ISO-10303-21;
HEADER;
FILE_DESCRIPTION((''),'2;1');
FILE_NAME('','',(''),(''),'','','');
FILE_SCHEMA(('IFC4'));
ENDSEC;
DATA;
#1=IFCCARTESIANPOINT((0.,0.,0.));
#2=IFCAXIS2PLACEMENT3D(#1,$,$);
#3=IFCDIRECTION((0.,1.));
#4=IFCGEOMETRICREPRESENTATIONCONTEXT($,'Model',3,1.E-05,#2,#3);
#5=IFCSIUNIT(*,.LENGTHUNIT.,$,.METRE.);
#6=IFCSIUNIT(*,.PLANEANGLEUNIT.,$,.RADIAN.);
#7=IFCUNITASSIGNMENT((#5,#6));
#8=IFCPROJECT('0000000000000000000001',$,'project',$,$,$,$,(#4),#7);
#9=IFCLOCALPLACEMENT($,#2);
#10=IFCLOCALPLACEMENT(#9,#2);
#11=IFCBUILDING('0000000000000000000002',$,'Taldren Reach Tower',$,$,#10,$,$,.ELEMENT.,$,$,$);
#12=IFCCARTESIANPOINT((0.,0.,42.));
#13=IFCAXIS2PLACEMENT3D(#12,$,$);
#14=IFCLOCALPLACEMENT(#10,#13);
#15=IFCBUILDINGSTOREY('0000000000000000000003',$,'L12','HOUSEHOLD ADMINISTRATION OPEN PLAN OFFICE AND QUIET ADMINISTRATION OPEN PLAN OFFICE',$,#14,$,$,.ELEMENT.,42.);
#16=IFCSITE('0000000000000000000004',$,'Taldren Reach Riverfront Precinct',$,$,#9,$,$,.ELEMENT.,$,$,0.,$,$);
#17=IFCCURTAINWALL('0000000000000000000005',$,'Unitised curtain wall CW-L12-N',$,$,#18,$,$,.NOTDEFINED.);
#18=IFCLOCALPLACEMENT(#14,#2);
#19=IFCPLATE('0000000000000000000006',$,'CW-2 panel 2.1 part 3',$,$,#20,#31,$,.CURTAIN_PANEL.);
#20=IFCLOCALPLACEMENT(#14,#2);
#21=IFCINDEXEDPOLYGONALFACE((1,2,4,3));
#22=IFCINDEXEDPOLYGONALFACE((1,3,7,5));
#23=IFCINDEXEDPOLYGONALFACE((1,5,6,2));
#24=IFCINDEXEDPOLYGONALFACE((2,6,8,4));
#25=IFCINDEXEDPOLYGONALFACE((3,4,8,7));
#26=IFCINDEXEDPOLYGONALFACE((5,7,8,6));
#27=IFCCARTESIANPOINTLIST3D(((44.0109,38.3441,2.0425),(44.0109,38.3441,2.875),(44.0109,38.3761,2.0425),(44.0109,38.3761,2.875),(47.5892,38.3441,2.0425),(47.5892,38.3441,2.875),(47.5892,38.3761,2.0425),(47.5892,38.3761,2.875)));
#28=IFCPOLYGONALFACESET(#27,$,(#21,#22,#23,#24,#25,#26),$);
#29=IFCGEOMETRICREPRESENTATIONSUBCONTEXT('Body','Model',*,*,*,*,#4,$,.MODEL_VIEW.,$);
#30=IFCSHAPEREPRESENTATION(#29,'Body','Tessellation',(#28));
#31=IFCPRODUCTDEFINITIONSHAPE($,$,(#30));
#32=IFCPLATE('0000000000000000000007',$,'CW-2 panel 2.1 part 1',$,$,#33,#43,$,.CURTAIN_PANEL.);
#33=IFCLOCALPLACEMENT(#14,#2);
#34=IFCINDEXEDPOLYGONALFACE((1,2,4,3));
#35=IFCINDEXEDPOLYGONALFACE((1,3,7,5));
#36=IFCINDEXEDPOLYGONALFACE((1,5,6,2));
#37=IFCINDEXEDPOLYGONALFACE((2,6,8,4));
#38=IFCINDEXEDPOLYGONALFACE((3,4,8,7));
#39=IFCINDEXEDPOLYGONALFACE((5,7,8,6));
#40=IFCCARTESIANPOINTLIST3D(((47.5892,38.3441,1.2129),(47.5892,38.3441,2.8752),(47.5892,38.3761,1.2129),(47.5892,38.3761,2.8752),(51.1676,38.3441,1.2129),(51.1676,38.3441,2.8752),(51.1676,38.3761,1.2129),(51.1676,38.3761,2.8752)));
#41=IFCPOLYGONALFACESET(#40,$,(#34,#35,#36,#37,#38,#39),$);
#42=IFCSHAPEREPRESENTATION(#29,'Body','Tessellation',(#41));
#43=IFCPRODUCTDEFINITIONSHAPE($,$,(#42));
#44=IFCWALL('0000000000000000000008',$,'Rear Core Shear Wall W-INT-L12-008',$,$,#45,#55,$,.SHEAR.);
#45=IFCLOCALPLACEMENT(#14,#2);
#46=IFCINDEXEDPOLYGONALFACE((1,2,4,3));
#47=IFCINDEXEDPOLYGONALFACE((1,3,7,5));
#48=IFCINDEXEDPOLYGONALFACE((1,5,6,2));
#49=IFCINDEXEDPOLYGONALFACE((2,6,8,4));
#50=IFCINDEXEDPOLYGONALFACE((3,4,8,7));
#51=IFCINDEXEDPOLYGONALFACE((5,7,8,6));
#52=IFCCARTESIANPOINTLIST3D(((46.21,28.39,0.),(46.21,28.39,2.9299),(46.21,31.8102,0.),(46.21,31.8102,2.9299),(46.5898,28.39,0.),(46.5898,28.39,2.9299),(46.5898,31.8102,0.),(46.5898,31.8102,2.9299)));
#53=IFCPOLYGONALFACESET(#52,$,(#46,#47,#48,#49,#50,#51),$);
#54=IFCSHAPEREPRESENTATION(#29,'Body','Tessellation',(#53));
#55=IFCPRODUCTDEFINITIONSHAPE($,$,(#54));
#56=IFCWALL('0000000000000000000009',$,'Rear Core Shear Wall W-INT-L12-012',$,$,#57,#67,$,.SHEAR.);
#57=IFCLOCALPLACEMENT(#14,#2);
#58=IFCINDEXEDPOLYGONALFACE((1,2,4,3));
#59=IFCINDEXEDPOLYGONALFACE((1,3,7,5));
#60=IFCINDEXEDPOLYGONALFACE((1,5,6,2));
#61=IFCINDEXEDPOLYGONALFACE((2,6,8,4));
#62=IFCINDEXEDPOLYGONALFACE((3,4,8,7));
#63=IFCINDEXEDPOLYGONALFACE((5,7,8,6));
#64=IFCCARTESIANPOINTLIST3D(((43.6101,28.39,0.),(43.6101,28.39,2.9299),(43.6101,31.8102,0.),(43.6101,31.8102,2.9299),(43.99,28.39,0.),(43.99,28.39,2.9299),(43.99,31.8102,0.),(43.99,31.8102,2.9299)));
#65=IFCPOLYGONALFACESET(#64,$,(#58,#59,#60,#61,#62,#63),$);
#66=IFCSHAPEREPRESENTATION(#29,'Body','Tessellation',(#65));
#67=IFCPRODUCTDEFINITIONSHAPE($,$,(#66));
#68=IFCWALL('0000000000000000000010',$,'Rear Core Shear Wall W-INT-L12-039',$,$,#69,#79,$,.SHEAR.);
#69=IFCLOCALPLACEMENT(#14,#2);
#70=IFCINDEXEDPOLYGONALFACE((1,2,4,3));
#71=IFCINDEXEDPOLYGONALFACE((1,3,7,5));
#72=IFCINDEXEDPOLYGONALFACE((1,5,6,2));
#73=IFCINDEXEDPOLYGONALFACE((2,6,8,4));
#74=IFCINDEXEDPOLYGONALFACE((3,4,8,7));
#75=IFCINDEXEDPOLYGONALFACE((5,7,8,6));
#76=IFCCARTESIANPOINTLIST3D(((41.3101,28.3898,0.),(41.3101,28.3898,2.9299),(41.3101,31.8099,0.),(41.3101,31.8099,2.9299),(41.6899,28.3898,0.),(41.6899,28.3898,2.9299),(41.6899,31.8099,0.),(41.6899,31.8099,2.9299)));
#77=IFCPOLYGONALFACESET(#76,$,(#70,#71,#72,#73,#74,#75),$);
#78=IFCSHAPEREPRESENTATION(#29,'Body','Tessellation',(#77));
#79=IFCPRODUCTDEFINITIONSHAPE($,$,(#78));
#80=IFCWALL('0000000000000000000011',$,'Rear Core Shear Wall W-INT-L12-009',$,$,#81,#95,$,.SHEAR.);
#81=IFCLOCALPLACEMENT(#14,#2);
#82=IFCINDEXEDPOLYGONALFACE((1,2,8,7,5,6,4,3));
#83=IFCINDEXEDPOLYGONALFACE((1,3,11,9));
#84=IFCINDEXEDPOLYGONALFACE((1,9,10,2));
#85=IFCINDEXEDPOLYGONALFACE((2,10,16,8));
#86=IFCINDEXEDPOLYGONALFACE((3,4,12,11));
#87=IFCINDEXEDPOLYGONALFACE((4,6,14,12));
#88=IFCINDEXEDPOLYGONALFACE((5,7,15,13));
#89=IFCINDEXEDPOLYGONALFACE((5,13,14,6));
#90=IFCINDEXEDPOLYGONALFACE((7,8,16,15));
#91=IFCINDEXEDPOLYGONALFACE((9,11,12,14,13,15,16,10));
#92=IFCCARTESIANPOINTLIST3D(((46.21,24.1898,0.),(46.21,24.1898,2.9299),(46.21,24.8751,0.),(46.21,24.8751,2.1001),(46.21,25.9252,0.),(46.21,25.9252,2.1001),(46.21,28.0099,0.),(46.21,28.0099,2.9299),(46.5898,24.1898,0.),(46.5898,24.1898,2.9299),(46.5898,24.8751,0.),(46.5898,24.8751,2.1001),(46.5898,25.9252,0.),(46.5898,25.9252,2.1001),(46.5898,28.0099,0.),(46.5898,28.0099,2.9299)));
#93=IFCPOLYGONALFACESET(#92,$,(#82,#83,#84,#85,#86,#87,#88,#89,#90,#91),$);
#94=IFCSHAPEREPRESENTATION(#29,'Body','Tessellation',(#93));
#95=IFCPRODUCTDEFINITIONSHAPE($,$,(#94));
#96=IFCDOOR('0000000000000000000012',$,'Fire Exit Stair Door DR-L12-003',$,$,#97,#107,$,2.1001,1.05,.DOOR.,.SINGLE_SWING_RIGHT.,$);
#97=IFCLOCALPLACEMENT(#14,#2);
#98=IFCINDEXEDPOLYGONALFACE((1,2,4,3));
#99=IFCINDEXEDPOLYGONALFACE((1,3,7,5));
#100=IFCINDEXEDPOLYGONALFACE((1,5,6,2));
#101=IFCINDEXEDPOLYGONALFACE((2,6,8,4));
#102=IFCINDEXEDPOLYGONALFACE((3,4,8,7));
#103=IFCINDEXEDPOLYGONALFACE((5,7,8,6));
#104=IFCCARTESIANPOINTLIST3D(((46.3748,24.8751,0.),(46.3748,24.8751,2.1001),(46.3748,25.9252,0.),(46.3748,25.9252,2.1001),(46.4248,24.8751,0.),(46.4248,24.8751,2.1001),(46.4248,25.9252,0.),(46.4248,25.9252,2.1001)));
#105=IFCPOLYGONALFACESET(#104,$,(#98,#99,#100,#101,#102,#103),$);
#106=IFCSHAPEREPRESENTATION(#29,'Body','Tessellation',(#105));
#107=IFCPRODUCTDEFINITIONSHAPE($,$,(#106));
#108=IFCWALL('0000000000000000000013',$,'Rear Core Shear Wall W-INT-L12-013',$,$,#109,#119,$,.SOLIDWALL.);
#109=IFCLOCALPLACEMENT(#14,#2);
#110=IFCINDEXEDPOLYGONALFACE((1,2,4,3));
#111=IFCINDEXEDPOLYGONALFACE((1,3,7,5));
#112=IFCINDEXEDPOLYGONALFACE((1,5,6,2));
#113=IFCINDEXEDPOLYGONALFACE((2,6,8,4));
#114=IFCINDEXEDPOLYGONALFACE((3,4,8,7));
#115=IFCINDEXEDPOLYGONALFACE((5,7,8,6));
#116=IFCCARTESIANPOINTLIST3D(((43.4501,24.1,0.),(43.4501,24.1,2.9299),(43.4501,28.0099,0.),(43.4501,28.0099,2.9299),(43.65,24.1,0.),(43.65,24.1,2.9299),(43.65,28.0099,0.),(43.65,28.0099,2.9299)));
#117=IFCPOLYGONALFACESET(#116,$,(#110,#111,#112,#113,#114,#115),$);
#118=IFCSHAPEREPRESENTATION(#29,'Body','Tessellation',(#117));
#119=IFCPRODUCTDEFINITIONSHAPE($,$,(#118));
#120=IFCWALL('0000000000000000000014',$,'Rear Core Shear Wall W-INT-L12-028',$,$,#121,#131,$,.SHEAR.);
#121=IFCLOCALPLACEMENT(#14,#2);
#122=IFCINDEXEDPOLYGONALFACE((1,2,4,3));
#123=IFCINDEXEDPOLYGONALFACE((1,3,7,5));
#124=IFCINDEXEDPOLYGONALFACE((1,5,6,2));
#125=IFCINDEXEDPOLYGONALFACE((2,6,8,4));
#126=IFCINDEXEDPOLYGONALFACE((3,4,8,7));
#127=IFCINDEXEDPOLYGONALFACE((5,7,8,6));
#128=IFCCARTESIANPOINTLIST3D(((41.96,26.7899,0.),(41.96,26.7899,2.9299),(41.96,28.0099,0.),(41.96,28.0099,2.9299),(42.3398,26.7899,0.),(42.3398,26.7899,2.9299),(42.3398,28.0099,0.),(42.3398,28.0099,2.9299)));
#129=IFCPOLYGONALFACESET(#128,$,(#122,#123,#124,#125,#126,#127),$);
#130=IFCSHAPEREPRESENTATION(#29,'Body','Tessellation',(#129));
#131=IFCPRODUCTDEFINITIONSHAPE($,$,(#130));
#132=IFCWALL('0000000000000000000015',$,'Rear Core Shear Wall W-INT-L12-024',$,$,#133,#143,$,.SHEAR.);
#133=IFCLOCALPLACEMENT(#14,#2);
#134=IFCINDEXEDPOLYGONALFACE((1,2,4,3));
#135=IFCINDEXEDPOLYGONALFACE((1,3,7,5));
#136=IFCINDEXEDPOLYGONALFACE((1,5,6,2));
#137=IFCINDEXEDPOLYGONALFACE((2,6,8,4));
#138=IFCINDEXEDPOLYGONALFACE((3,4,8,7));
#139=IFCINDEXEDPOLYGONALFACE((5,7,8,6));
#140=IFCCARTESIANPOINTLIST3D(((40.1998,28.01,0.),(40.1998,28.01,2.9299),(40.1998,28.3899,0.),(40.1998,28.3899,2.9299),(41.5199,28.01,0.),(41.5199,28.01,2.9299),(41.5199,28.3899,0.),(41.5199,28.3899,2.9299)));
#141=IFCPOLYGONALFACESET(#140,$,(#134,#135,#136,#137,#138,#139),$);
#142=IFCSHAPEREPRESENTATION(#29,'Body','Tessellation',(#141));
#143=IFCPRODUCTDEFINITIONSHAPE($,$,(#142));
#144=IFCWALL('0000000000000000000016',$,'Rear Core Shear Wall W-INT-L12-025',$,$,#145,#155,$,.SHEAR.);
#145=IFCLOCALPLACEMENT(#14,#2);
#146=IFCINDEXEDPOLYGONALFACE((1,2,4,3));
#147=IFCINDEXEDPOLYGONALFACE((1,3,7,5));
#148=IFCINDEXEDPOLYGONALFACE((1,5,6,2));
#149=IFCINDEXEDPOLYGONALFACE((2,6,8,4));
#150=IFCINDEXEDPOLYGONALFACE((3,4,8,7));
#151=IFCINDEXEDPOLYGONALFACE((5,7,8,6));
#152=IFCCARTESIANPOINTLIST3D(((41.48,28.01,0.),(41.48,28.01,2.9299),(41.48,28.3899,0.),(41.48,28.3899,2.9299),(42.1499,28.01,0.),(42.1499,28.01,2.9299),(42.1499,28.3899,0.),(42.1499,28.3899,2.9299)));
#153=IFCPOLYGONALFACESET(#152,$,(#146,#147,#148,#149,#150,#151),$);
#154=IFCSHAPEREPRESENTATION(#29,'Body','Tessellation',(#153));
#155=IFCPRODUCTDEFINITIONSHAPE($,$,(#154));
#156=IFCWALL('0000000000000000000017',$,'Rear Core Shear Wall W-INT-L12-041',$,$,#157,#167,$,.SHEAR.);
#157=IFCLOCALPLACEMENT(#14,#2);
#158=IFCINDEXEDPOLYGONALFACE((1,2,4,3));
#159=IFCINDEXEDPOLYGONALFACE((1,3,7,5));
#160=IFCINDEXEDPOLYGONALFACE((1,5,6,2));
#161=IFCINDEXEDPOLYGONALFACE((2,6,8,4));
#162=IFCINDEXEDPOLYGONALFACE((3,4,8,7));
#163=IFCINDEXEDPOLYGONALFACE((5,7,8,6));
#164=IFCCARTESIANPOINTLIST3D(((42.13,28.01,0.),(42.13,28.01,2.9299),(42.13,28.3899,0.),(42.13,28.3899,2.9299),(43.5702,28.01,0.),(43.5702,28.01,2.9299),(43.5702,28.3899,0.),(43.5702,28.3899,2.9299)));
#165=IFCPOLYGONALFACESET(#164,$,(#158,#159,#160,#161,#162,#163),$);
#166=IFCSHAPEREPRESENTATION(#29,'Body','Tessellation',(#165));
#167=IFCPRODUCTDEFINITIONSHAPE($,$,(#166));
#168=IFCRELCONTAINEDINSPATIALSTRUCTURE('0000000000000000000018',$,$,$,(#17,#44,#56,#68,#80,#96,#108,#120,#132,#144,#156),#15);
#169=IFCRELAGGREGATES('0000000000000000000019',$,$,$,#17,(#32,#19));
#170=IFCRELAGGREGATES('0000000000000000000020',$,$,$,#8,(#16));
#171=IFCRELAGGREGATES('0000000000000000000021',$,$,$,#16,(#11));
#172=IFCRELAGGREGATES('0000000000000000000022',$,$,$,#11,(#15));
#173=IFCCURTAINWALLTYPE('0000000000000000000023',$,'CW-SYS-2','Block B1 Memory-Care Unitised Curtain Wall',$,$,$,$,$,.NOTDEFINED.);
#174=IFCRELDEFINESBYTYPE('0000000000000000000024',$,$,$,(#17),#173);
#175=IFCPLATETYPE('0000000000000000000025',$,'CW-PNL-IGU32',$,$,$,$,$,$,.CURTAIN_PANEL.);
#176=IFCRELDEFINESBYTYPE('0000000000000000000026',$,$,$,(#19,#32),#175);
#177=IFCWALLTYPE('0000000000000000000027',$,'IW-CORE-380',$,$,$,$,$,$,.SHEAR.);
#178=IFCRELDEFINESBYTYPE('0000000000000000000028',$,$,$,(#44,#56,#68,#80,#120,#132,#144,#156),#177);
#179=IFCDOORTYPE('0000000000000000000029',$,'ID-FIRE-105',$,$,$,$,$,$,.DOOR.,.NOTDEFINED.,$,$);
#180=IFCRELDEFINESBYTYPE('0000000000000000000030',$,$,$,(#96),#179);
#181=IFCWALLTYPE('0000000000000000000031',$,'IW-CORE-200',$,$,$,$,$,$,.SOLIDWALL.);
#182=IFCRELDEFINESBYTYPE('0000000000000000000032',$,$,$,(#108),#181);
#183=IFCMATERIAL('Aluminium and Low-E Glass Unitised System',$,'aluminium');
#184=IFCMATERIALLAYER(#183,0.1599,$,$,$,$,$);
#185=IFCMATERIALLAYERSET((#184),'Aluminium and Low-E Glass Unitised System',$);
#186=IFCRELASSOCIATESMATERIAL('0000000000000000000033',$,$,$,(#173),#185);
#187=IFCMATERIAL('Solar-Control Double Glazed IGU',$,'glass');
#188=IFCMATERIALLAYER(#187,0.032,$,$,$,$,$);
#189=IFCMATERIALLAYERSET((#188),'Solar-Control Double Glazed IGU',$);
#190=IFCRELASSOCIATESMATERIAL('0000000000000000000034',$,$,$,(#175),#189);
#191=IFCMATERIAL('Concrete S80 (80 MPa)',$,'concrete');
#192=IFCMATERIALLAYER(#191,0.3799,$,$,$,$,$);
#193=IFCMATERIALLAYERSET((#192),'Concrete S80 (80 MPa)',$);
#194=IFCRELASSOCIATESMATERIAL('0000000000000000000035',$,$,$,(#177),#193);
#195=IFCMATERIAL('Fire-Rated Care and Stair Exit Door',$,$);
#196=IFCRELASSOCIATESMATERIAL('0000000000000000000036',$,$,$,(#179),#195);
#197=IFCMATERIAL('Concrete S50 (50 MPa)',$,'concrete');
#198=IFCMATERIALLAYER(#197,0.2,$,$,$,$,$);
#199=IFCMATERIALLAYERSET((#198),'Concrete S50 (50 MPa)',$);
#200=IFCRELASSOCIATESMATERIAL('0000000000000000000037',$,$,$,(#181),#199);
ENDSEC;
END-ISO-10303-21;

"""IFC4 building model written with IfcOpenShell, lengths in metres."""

from ifc_helpers import new_model, si_unit, direction, frame, frame_2d, origin, origin_2d, place, context, subcontext, project, spatial, rectangle, extrude, source, transform, mapped, material, layer, layer_set, type_object, element, fill, aggregate, save


model = new_model("IFC4")

# Units and contexts
model_context = context("Model", 3, precision=1e-05, world=origin(), true_north=direction((0.0, 1.0)))
body_context = subcontext(model_context, "Body", "Model", "MODEL_VIEW")
ifc_project = project(units=[si_unit("LENGTHUNIT", "METRE"), si_unit("PLANEANGLEUNIT", "RADIAN")], contexts=[model_context])

# Site, building, storey
site_placement = place(None, origin())
site = spatial("IfcSite", under=ifc_project, at=site_placement, Name="Taldren Reach Riverfront Precinct", CompositionType="ELEMENT", RefElevation=0.0)
building_placement = place(site_placement, origin())
building = spatial("IfcBuilding", under=site, at=building_placement, Name="Taldren Reach Tower", CompositionType="ELEMENT")
storey_placement = place(building_placement, frame((0.0, 0.0, 42.0)))
storey = spatial("IfcBuildingStorey", under=building, at=storey_placement, Name="L12", Description="HOUSEHOLD ADMINISTRATION OPEN PLAN OFFICE AND QUIET ADMINISTRATION OPEN PLAN OFFICE", CompositionType="ELEMENT", Elevation=42.0)

# Curtain wall
ifc_material_1 = material(Name="Aluminium and Low-E Glass Unitised System", Category="aluminium")
ifc_layer_1 = layer(ifc_material_1, 0.1599)
ifc_layer_set_1 = layer_set([ifc_layer_1], Name="Aluminium and Low-E Glass Unitised System")
curtain_wall_type = type_object("IfcCurtainWallType", Name="CW-SYS-2", Description="Block B1 Memory-Care Unitised Curtain Wall", PredefinedType="NOTDEFINED", material=ifc_layer_set_1)
curtain_wall_placement = place(storey_placement, origin())
curtain_wall = element("IfcCurtainWall", 1, at=curtain_wall_placement, inside=storey, type_object=curtain_wall_type, Name="Unitised curtain wall CW-L12-N", PredefinedType="NOTDEFINED")

# Plates
ifc_material_2 = material(Name="Solar-Control Double Glazed IGU", Category="glass")
ifc_layer_2 = layer(ifc_material_2, 0.032)
ifc_layer_set_2 = layer_set([ifc_layer_2], Name="Solar-Control Double Glazed IGU")
plate_type = type_object("IfcPlateType", Name="CW-PNL-IGU32", PredefinedType="CURTAIN_PANEL", material=ifc_layer_set_2)
shared_shape_1 = source(origin(), body_context, "Body", "SweptSolid", [
    extrude(rectangle(XDim=3.5784, YDim=0.032, at=origin_2d()), origin(), (0.0, 0.0, 1.0), 0.8325),
])
plate_1_placement = place(storey_placement, frame((45.8, 38.3601, 2.0425), z_axis=(0.0, 0.0, 1.0), x_axis=(-1.0, 0.0, 0.0)))
plate_1 = element("IfcPlate", 2, at=plate_1_placement, type_object=plate_type, Name="CW-2 panel 2.1 part 3", PredefinedType="CURTAIN_PANEL", context=body_context, shape_type="MappedRepresentation", body=[
    mapped(shared_shape_1, transform((0.0, 0.0, 0.0), scale=1.0)),
])
shared_shape_2 = source(origin(), body_context, "Body", "SweptSolid", [
    extrude(rectangle(XDim=3.5784, YDim=0.032, at=origin_2d()), origin(), (0.0, 0.0, 1.0), 1.6624),
])
plate_2_placement = place(storey_placement, frame((49.3784, 38.3601, 1.2129), z_axis=(0.0, 0.0, 1.0), x_axis=(-1.0, 0.0, 0.0)))
plate_2 = element("IfcPlate", 3, at=plate_2_placement, type_object=plate_type, Name="CW-2 panel 2.1 part 1", PredefinedType="CURTAIN_PANEL", context=body_context, shape_type="MappedRepresentation", body=[
    mapped(shared_shape_2, transform((0.0, 0.0, 0.0), scale=1.0)),
])
aggregate(curtain_wall, [plate_2, plate_1])

# Walls
ifc_material_3 = material(Name="Concrete S80 (80 MPa)", Category="concrete")
ifc_layer_3 = layer(ifc_material_3, 0.3799)
ifc_layer_set_3 = layer_set([ifc_layer_3], Name="Concrete S80 (80 MPa)")
wall_type_1 = type_object("IfcWallType", Name="IW-CORE-380", PredefinedType="SHEAR", material=ifc_layer_set_3)
shared_shape_3 = source(origin(), body_context, "Body", "SweptSolid", [
    extrude(rectangle(XDim=3.4202, YDim=0.3799, at=frame_2d((1.71, 0.0))), origin(), (0.0, 0.0, 1.0), 2.9299),
])
for number, where, z_axis, x_axis, name in (
    (4, (46.3999, 31.8101, 0.0), (0.0, 0.0, 1.0), (0.0, -1.0, 0.0), "Rear Core Shear Wall W-INT-L12-008"),
    (5, (43.8, 31.8101, 0.0), (0.0, 0.0, 1.0), (0.0, -1.0, 0.0), "Rear Core Shear Wall W-INT-L12-012"),
    (6, (41.5, 28.3899, 0.0), (0.0, 0.0, 1.0), (0.0, 1.0, 0.0), "Rear Core Shear Wall W-INT-L12-039"),
):
    element("IfcWall", number, at=place(storey_placement, frame(where, z_axis=z_axis, x_axis=x_axis)), inside=storey, type_object=wall_type_1, Name=name, PredefinedType="SHEAR", context=body_context, shape_type="MappedRepresentation", body=[
        mapped(shared_shape_3, transform((0.0, 0.0, 0.0), scale=1.0)),
    ])

# Wall, opening, door
shared_shape_4 = source(origin(), body_context, "Body", "SweptSolid", [
    extrude(rectangle(XDim=3.8201, YDim=0.3799, at=frame_2d((1.9102, 0.0))), origin(), (0.0, 0.0, 1.0), 2.9299),
])
wall_1_placement = place(storey_placement, frame((46.3999, 28.01, 0.0), z_axis=(0.0, 0.0, 1.0), x_axis=(0.0, -1.0, 0.0)))
wall_1 = element("IfcWall", 7, at=wall_1_placement, inside=storey, type_object=wall_type_1, Name="Rear Core Shear Wall W-INT-L12-009", PredefinedType="SHEAR", context=body_context, shape_type="MappedRepresentation", body=[
    mapped(shared_shape_4, transform((0.0, 0.0, 0.0), scale=1.0)),
])
shared_shape_5 = source(origin(), body_context, "Body", "SweptSolid", [
    extrude(rectangle(XDim=1.05, YDim=2.1001, at=frame_2d((0.5249, 1.05))), frame((0.0, 0.2, 0.0), z_axis=(0.0, -1.0, 0.0), x_axis=(1.0, 0.0, 0.0)), (0.0, 0.0, 1.0), 0.3999),
])
opening_1_placement = place(wall_1_placement, frame((2.085, 0.0, 0.0)))
opening_1 = element("IfcOpeningElement", 8, at=opening_1_placement, cuts=wall_1, PredefinedType="OPENING", context=body_context, shape_type="MappedRepresentation", body=[
    mapped(shared_shape_5, transform((0.0, 0.0, 0.0), scale=1.0)),
])
ifc_material_4 = material(Name="Fire-Rated Care and Stair Exit Door")
door_type_1 = type_object("IfcDoorType", Name="ID-FIRE-105", OperationType="NOTDEFINED", PredefinedType="DOOR", material=ifc_material_4)
shared_shape_6 = source(origin(), body_context, "Body", "SweptSolid", [
    extrude(rectangle(XDim=1.05, YDim=2.1001, at=frame_2d((0.5249, 1.05))), frame((0.0, 0.0249, 0.0), z_axis=(0.0, -1.0, 0.0), x_axis=(1.0, 0.0, 0.0)), (0.0, 0.0, 1.0), 0.05),
])
door_1_placement = place(opening_1_placement, origin())
door_1 = element("IfcDoor", 9, at=door_1_placement, inside=storey, type_object=door_type_1, Name="Fire Exit Stair Door DR-L12-003", OperationType="SINGLE_SWING_RIGHT", OverallHeight=2.1001, OverallWidth=1.05, PredefinedType="DOOR", context=body_context, shape_type="MappedRepresentation", body=[
    mapped(shared_shape_6, transform((0.0, 0.0, 0.0), scale=1.0)),
])
fill(opening_1, door_1)

# Walls
ifc_material_5 = material(Name="Concrete S50 (50 MPa)", Category="concrete")
ifc_layer_4 = layer(ifc_material_5, 0.2)
ifc_layer_set_4 = layer_set([ifc_layer_4], Name="Concrete S50 (50 MPa)")
wall_type_2 = type_object("IfcWallType", Name="IW-CORE-200", PredefinedType="SOLIDWALL", material=ifc_layer_set_4)
shared_shape_7 = source(origin(), body_context, "Body", "SweptSolid", [
    extrude(rectangle(XDim=3.9099, YDim=0.2, at=frame_2d((1.9551, 0.0))), origin(), (0.0, 0.0, 1.0), 2.9299),
])
wall_2_placement = place(storey_placement, frame((43.55, 28.01, 0.0), z_axis=(0.0, 0.0, 1.0), x_axis=(0.0, -1.0, 0.0)))
element("IfcWall", 10, at=wall_2_placement, inside=storey, type_object=wall_type_2, Name="Rear Core Shear Wall W-INT-L12-013", PredefinedType="SOLIDWALL", context=body_context, shape_type="MappedRepresentation", body=[
    mapped(shared_shape_7, transform((0.0, 0.0, 0.0), scale=1.0)),
])
shared_shape_8 = source(origin(), body_context, "Body", "SweptSolid", [
    extrude(rectangle(XDim=1.22, YDim=0.3799, at=frame_2d((0.6099, 0.0))), origin(), (0.0, 0.0, 1.0), 2.9299),
])
wall_3_placement = place(storey_placement, frame((42.1499, 26.79, 0.0), z_axis=(0.0, 0.0, 1.0), x_axis=(0.0, 1.0, 0.0)))
element("IfcWall", 11, at=wall_3_placement, inside=storey, type_object=wall_type_1, Name="Rear Core Shear Wall W-INT-L12-028", PredefinedType="SHEAR", context=body_context, shape_type="MappedRepresentation", body=[
    mapped(shared_shape_8, transform((0.0, 0.0, 0.0), scale=1.0)),
])
shared_shape_9 = source(origin(), body_context, "Body", "SweptSolid", [
    extrude(rectangle(XDim=1.3201, YDim=0.3799, at=frame_2d((0.6602, 0.0))), origin(), (0.0, 0.0, 1.0), 2.9299),
])
wall_4_placement = place(storey_placement, frame((41.52, 28.2, 0.0), z_axis=(0.0, 0.0, 1.0), x_axis=(-1.0, 0.0, 0.0)))
element("IfcWall", 12, at=wall_4_placement, inside=storey, type_object=wall_type_1, Name="Rear Core Shear Wall W-INT-L12-024", PredefinedType="SHEAR", context=body_context, shape_type="MappedRepresentation", body=[
    mapped(shared_shape_9, transform((0.0, 0.0, 0.0), scale=1.0)),
])
shared_shape_10 = source(origin(), body_context, "Body", "SweptSolid", [
    extrude(rectangle(XDim=0.6699, YDim=0.3799, at=frame_2d((0.335, 0.0))), origin(), (0.0, 0.0, 1.0), 2.9299),
])
wall_5_placement = place(storey_placement, frame((42.1499, 28.2, 0.0), z_axis=(0.0, 0.0, 1.0), x_axis=(-1.0, 0.0, 0.0)))
element("IfcWall", 13, at=wall_5_placement, inside=storey, type_object=wall_type_1, Name="Rear Core Shear Wall W-INT-L12-025", PredefinedType="SHEAR", context=body_context, shape_type="MappedRepresentation", body=[
    mapped(shared_shape_10, transform((0.0, 0.0, 0.0), scale=1.0)),
])
shared_shape_11 = source(origin(), body_context, "Body", "SweptSolid", [
    extrude(rectangle(XDim=1.4402, YDim=0.3799, at=frame_2d((0.7202, 0.0))), origin(), (0.0, 0.0, 1.0), 2.9299),
])
wall_6_placement = place(storey_placement, frame((42.1299, 28.2, 0.0), z_axis=(0.0, 0.0, 1.0), x_axis=(1.0, 0.0, 0.0)))
element("IfcWall", 14, at=wall_6_placement, inside=storey, type_object=wall_type_1, Name="Rear Core Shear Wall W-INT-L12-041", PredefinedType="SHEAR", context=body_context, shape_type="MappedRepresentation", body=[
    mapped(shared_shape_11, transform((0.0, 0.0, 0.0), scale=1.0)),
])

save(model, "model.ifc")
